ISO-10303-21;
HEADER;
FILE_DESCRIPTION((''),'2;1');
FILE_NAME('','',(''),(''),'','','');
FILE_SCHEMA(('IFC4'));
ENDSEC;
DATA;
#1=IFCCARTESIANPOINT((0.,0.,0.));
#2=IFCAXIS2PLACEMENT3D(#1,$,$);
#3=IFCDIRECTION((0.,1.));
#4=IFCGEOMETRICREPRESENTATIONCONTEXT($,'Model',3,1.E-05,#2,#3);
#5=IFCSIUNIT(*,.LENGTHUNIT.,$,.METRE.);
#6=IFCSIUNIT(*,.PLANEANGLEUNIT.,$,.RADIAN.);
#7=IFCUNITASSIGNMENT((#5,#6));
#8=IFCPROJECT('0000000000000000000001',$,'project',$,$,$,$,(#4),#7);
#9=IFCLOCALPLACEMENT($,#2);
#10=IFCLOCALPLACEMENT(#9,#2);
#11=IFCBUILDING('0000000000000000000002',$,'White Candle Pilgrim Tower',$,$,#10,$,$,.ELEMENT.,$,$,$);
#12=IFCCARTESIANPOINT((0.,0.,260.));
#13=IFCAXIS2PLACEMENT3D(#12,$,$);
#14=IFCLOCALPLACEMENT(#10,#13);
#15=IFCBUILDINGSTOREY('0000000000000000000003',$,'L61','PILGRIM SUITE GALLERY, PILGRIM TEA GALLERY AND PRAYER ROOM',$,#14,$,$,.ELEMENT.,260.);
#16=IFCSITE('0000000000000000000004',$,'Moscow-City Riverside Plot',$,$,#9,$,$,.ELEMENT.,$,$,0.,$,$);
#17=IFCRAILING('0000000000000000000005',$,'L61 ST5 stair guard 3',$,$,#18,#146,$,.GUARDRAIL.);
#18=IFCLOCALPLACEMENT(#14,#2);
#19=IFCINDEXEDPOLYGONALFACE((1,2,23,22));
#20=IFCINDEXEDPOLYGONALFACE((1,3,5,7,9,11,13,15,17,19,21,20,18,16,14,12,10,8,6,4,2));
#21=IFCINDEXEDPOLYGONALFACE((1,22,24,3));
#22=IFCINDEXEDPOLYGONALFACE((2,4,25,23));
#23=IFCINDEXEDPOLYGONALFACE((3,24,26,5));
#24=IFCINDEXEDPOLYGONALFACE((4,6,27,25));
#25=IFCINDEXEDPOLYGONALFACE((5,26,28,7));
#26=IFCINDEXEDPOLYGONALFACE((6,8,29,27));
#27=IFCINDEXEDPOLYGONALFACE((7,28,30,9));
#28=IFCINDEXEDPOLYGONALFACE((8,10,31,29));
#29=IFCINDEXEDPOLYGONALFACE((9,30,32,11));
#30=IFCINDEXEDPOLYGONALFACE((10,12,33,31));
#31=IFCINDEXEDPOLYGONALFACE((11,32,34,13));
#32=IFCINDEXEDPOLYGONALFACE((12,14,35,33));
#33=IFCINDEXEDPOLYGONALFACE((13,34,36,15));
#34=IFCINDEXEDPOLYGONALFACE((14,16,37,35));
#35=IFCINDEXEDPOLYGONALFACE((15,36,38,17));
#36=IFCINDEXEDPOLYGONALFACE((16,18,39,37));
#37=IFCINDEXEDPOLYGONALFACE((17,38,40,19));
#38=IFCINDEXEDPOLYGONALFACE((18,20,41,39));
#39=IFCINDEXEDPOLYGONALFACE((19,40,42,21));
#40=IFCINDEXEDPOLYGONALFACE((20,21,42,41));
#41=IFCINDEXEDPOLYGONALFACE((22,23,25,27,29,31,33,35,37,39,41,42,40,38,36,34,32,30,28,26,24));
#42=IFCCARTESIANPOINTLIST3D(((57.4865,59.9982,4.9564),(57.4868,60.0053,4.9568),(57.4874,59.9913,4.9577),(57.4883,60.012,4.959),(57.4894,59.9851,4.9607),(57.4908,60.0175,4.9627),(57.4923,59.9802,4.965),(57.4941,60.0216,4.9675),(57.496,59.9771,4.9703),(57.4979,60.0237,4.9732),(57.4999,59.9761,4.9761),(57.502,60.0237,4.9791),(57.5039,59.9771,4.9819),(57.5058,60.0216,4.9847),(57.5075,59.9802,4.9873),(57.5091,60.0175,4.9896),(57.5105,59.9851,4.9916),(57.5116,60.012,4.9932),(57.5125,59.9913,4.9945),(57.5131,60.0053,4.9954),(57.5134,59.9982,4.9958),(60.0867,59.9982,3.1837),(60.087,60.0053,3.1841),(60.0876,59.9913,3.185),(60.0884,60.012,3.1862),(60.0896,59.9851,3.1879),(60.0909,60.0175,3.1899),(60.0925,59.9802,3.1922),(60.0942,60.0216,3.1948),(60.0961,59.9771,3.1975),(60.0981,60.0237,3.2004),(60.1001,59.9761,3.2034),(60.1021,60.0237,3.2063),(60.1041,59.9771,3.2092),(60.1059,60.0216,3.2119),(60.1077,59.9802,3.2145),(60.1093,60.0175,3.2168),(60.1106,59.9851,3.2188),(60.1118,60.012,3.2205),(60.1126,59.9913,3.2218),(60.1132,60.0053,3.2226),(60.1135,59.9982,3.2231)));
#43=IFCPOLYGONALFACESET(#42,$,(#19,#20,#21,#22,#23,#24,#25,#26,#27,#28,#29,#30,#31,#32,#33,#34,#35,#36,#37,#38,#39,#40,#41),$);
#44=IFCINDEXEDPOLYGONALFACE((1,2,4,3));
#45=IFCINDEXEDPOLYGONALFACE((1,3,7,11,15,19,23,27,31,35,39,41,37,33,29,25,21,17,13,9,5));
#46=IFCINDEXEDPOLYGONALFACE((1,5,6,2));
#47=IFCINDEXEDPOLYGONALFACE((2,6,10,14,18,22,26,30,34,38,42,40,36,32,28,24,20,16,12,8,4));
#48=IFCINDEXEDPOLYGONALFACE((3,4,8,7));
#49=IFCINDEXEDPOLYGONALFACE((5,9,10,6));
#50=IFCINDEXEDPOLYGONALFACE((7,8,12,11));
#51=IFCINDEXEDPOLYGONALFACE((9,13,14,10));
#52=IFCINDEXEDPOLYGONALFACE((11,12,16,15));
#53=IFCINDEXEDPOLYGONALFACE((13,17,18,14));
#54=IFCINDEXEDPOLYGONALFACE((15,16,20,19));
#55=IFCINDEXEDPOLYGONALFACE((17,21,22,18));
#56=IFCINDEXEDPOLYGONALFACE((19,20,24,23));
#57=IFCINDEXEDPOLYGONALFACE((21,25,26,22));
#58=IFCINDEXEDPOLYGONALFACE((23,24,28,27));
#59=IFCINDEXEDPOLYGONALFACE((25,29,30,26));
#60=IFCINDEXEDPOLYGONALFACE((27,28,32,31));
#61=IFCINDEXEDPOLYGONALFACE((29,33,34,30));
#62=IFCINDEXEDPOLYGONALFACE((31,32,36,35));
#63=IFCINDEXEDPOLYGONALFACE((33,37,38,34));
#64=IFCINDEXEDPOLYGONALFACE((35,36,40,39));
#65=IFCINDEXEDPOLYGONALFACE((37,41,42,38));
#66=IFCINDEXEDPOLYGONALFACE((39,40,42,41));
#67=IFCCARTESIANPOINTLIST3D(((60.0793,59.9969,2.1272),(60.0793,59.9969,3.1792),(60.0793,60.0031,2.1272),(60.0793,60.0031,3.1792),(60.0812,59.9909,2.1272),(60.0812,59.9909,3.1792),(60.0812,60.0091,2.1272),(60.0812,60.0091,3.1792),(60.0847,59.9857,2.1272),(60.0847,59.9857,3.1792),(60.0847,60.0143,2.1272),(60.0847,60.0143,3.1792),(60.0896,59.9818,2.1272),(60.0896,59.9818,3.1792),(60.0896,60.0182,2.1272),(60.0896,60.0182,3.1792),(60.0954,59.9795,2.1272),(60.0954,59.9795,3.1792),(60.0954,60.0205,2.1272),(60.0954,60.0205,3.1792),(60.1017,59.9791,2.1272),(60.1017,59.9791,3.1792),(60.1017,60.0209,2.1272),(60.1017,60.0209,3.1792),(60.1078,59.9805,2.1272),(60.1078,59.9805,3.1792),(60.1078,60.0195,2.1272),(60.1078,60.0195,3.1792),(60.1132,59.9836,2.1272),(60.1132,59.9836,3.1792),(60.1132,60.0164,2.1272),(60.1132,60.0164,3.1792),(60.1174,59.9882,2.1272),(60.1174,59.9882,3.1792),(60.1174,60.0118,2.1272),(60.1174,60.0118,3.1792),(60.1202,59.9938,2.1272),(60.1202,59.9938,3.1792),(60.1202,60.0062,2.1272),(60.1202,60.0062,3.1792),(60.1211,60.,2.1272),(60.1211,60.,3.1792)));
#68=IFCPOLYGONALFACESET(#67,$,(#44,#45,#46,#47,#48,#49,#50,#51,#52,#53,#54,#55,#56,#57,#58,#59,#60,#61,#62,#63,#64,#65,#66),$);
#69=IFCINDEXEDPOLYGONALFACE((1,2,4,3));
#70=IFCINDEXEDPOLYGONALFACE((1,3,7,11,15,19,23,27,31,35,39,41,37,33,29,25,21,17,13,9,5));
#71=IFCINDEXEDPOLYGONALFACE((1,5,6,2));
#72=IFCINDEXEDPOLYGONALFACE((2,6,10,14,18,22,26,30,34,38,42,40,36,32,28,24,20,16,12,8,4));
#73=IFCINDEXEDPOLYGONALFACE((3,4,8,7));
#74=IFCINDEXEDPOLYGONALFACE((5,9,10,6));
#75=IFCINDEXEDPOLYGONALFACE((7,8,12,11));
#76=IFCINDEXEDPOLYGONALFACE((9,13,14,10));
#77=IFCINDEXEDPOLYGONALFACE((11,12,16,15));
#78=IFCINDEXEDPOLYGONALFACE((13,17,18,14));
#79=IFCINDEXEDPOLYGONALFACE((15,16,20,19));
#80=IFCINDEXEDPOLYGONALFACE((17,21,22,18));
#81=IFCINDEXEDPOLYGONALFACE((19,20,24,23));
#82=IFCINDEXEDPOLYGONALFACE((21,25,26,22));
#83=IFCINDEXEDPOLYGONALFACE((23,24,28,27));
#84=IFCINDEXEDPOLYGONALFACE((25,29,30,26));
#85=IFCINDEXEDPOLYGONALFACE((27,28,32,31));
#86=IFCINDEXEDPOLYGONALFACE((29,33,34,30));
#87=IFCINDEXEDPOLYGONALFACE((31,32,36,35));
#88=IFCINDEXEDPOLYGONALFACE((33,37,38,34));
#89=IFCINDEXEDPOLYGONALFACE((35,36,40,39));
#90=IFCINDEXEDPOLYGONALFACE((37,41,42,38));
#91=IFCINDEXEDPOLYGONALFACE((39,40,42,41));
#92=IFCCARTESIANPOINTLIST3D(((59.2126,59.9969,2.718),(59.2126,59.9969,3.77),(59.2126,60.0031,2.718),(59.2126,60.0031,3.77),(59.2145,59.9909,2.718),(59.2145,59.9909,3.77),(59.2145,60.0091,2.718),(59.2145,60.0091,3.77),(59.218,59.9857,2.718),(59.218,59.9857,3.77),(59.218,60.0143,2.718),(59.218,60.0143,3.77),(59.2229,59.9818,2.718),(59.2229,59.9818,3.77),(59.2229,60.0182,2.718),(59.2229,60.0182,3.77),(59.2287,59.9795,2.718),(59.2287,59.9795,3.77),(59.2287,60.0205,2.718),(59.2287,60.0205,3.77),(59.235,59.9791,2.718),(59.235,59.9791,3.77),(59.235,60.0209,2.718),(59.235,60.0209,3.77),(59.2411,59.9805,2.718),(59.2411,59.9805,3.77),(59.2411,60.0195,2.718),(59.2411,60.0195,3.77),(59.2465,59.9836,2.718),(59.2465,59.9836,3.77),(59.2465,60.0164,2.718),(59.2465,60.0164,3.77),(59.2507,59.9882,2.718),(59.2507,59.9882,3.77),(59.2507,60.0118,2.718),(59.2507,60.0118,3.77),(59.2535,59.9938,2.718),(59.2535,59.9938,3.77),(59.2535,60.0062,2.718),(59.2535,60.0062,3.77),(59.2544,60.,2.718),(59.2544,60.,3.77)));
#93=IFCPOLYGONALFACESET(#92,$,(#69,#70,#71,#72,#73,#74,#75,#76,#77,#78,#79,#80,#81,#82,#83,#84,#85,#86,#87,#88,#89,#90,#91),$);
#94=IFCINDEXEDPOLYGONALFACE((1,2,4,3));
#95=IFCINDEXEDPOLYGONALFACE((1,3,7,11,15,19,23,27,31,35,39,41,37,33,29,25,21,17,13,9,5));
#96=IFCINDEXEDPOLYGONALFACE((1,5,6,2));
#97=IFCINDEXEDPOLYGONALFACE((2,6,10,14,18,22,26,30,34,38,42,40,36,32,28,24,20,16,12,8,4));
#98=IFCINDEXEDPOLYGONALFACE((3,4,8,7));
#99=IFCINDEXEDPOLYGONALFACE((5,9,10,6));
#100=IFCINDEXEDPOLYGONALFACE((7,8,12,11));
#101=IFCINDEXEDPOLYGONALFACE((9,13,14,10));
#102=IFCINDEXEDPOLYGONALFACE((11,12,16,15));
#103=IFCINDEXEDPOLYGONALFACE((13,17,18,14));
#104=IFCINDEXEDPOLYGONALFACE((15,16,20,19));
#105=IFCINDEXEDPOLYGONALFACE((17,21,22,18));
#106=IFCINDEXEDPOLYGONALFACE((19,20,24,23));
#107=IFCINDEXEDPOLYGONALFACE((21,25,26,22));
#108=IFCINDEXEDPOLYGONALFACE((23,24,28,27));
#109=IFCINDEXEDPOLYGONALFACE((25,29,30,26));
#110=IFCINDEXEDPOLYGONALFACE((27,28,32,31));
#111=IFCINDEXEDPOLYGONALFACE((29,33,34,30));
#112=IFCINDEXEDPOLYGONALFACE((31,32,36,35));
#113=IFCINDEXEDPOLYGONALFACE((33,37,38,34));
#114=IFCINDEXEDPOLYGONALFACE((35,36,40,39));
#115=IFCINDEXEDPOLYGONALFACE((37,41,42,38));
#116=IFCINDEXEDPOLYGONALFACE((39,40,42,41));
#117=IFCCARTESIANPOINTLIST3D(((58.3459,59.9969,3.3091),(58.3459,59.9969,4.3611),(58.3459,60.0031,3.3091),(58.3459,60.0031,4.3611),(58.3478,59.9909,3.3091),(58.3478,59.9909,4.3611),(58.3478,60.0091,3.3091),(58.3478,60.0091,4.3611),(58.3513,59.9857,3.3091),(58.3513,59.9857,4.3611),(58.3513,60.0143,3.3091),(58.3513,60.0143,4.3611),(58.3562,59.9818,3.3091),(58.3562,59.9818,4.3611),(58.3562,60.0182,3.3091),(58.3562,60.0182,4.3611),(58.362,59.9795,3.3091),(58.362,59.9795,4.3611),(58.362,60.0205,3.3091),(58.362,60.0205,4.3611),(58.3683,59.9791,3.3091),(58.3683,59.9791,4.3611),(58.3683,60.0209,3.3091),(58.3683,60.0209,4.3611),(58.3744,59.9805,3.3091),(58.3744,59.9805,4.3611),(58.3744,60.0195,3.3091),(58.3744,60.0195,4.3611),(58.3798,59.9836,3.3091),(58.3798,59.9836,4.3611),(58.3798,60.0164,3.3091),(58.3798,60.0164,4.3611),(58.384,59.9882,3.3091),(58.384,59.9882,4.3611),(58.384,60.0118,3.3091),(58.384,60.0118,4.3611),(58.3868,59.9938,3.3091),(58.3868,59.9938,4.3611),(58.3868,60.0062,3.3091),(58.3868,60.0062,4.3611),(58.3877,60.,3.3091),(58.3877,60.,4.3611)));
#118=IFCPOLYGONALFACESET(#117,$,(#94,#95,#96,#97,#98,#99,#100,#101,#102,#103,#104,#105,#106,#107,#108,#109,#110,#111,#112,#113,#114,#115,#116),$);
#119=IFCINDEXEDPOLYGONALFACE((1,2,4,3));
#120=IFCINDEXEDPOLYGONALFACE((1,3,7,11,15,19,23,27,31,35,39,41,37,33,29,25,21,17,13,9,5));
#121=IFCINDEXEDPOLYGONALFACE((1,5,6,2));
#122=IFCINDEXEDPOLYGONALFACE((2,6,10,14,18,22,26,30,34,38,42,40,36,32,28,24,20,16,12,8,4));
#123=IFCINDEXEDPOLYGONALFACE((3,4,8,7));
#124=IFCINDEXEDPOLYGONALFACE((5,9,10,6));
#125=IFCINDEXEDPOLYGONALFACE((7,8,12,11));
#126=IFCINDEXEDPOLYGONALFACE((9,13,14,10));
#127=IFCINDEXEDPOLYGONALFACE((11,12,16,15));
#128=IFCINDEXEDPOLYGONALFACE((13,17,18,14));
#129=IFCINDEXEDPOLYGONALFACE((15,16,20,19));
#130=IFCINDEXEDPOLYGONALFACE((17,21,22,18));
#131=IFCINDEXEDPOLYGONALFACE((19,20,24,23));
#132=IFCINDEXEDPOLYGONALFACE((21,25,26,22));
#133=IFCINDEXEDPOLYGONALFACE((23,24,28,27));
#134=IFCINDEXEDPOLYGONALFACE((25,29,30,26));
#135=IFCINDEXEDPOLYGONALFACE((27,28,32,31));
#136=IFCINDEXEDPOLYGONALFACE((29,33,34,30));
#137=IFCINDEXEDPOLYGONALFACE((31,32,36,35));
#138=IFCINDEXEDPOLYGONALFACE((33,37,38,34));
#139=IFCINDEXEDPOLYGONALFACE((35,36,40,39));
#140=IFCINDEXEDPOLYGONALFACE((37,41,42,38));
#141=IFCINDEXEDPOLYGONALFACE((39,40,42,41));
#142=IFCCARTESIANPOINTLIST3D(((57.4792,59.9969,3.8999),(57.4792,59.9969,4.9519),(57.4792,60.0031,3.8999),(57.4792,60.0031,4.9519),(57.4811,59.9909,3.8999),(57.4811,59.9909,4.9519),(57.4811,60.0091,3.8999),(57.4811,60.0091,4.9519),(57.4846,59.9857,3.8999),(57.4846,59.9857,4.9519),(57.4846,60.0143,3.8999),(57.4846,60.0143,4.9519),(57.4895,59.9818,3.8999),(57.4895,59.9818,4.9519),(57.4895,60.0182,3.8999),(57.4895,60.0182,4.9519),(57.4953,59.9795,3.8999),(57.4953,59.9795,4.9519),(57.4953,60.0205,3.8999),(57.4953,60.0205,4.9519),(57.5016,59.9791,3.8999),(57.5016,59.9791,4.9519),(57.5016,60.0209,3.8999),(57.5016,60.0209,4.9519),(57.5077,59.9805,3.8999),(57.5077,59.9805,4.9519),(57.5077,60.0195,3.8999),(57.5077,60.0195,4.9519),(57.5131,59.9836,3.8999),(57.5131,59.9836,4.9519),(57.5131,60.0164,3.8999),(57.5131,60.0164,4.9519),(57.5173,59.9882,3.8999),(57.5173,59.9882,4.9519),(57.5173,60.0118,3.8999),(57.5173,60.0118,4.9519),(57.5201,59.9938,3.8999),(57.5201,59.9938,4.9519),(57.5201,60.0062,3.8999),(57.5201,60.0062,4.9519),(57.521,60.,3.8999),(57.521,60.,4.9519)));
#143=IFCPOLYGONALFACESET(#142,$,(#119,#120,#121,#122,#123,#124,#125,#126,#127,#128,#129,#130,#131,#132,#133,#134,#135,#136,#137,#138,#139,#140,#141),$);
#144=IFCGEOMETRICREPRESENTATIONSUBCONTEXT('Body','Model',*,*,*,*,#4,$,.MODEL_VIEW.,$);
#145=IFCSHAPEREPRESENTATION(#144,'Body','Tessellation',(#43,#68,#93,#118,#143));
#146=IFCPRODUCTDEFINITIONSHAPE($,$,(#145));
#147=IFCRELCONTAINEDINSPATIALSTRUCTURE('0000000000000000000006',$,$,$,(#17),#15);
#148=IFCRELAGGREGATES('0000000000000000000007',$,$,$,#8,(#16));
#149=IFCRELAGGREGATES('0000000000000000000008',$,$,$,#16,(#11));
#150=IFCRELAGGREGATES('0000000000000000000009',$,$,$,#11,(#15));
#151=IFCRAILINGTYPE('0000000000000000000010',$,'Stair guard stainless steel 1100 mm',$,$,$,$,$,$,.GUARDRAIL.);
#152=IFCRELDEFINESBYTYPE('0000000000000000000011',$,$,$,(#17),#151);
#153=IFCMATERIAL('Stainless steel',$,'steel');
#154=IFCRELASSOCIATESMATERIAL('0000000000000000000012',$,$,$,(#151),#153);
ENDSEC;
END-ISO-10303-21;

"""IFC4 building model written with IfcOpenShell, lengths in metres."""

from ifc_helpers import new_model, si_unit, direction, frame, origin, origin_2d, place, context, subcontext, project, spatial, circle, extrude, material, type_object, element, save


model = new_model("IFC4")

# Units and contexts
model_context = context("Model", 3, precision=1e-05, world=origin(), true_north=direction((0.0, 1.0)))
body_context = subcontext(model_context, "Body", "Model", "MODEL_VIEW")
ifc_project = project(units=[si_unit("LENGTHUNIT", "METRE"), si_unit("PLANEANGLEUNIT", "RADIAN")], contexts=[model_context])

# Site, building, storey
site_placement = place(None, origin())
site = spatial("IfcSite", under=ifc_project, at=site_placement, Name="Moscow-City Riverside Plot", CompositionType="ELEMENT", RefElevation=0.0)
building_placement = place(site_placement, origin())
building = spatial("IfcBuilding", under=site, at=building_placement, Name="White Candle Pilgrim Tower", CompositionType="ELEMENT")
storey_placement = place(building_placement, frame((0.0, 0.0, 260.0)))
storey = spatial("IfcBuildingStorey", under=building, at=storey_placement, Name="L61", Description="PILGRIM SUITE GALLERY, PILGRIM TEA GALLERY AND PRAYER ROOM", CompositionType="ELEMENT", Elevation=260.0)

# Railing
ifc_material_1 = material(Name="Stainless steel", Category="steel")
railing_type_1 = type_object("IfcRailingType", Name="Stair guard stainless steel 1100 mm", PredefinedType="GUARDRAIL", material=ifc_material_1)
railing_1_placement = place(storey_placement, frame((60.1001, 60.0, 2.1272)))
element("IfcRailing", 1, at=railing_1_placement, inside=storey, type_object=railing_type_1, Name="L61 ST5 stair guard 3", PredefinedType="GUARDRAIL", context=body_context, shape_type="SweptSolid", body=[
    extrude(circle(Radius=0.0239, at=origin_2d()), frame((0.0, 0.0, 1.0762), z_axis=(-0.82624, 0.0, 0.563318), x_axis=(0.0, -1.0, 0.0)), (0.0, 0.0, 1.0), 3.147),
    extrude(circle(Radius=0.021, at=origin_2d()), origin(), (0.0, 0.0, 1.0), 1.052),
    extrude(circle(Radius=0.021, at=origin_2d()), frame((-0.8667, 0.0, 0.5908)), (0.0, 0.0, 1.0), 1.052),
    extrude(circle(Radius=0.021, at=origin_2d()), frame((-1.7334, 0.0, 1.1819)), (0.0, 0.0, 1.0), 1.052),
    extrude(circle(Radius=0.021, at=origin_2d()), frame((-2.6001, 0.0, 1.7727)), (0.0, 0.0, 1.0), 1.052),
])

save(model, "model.ifc")
